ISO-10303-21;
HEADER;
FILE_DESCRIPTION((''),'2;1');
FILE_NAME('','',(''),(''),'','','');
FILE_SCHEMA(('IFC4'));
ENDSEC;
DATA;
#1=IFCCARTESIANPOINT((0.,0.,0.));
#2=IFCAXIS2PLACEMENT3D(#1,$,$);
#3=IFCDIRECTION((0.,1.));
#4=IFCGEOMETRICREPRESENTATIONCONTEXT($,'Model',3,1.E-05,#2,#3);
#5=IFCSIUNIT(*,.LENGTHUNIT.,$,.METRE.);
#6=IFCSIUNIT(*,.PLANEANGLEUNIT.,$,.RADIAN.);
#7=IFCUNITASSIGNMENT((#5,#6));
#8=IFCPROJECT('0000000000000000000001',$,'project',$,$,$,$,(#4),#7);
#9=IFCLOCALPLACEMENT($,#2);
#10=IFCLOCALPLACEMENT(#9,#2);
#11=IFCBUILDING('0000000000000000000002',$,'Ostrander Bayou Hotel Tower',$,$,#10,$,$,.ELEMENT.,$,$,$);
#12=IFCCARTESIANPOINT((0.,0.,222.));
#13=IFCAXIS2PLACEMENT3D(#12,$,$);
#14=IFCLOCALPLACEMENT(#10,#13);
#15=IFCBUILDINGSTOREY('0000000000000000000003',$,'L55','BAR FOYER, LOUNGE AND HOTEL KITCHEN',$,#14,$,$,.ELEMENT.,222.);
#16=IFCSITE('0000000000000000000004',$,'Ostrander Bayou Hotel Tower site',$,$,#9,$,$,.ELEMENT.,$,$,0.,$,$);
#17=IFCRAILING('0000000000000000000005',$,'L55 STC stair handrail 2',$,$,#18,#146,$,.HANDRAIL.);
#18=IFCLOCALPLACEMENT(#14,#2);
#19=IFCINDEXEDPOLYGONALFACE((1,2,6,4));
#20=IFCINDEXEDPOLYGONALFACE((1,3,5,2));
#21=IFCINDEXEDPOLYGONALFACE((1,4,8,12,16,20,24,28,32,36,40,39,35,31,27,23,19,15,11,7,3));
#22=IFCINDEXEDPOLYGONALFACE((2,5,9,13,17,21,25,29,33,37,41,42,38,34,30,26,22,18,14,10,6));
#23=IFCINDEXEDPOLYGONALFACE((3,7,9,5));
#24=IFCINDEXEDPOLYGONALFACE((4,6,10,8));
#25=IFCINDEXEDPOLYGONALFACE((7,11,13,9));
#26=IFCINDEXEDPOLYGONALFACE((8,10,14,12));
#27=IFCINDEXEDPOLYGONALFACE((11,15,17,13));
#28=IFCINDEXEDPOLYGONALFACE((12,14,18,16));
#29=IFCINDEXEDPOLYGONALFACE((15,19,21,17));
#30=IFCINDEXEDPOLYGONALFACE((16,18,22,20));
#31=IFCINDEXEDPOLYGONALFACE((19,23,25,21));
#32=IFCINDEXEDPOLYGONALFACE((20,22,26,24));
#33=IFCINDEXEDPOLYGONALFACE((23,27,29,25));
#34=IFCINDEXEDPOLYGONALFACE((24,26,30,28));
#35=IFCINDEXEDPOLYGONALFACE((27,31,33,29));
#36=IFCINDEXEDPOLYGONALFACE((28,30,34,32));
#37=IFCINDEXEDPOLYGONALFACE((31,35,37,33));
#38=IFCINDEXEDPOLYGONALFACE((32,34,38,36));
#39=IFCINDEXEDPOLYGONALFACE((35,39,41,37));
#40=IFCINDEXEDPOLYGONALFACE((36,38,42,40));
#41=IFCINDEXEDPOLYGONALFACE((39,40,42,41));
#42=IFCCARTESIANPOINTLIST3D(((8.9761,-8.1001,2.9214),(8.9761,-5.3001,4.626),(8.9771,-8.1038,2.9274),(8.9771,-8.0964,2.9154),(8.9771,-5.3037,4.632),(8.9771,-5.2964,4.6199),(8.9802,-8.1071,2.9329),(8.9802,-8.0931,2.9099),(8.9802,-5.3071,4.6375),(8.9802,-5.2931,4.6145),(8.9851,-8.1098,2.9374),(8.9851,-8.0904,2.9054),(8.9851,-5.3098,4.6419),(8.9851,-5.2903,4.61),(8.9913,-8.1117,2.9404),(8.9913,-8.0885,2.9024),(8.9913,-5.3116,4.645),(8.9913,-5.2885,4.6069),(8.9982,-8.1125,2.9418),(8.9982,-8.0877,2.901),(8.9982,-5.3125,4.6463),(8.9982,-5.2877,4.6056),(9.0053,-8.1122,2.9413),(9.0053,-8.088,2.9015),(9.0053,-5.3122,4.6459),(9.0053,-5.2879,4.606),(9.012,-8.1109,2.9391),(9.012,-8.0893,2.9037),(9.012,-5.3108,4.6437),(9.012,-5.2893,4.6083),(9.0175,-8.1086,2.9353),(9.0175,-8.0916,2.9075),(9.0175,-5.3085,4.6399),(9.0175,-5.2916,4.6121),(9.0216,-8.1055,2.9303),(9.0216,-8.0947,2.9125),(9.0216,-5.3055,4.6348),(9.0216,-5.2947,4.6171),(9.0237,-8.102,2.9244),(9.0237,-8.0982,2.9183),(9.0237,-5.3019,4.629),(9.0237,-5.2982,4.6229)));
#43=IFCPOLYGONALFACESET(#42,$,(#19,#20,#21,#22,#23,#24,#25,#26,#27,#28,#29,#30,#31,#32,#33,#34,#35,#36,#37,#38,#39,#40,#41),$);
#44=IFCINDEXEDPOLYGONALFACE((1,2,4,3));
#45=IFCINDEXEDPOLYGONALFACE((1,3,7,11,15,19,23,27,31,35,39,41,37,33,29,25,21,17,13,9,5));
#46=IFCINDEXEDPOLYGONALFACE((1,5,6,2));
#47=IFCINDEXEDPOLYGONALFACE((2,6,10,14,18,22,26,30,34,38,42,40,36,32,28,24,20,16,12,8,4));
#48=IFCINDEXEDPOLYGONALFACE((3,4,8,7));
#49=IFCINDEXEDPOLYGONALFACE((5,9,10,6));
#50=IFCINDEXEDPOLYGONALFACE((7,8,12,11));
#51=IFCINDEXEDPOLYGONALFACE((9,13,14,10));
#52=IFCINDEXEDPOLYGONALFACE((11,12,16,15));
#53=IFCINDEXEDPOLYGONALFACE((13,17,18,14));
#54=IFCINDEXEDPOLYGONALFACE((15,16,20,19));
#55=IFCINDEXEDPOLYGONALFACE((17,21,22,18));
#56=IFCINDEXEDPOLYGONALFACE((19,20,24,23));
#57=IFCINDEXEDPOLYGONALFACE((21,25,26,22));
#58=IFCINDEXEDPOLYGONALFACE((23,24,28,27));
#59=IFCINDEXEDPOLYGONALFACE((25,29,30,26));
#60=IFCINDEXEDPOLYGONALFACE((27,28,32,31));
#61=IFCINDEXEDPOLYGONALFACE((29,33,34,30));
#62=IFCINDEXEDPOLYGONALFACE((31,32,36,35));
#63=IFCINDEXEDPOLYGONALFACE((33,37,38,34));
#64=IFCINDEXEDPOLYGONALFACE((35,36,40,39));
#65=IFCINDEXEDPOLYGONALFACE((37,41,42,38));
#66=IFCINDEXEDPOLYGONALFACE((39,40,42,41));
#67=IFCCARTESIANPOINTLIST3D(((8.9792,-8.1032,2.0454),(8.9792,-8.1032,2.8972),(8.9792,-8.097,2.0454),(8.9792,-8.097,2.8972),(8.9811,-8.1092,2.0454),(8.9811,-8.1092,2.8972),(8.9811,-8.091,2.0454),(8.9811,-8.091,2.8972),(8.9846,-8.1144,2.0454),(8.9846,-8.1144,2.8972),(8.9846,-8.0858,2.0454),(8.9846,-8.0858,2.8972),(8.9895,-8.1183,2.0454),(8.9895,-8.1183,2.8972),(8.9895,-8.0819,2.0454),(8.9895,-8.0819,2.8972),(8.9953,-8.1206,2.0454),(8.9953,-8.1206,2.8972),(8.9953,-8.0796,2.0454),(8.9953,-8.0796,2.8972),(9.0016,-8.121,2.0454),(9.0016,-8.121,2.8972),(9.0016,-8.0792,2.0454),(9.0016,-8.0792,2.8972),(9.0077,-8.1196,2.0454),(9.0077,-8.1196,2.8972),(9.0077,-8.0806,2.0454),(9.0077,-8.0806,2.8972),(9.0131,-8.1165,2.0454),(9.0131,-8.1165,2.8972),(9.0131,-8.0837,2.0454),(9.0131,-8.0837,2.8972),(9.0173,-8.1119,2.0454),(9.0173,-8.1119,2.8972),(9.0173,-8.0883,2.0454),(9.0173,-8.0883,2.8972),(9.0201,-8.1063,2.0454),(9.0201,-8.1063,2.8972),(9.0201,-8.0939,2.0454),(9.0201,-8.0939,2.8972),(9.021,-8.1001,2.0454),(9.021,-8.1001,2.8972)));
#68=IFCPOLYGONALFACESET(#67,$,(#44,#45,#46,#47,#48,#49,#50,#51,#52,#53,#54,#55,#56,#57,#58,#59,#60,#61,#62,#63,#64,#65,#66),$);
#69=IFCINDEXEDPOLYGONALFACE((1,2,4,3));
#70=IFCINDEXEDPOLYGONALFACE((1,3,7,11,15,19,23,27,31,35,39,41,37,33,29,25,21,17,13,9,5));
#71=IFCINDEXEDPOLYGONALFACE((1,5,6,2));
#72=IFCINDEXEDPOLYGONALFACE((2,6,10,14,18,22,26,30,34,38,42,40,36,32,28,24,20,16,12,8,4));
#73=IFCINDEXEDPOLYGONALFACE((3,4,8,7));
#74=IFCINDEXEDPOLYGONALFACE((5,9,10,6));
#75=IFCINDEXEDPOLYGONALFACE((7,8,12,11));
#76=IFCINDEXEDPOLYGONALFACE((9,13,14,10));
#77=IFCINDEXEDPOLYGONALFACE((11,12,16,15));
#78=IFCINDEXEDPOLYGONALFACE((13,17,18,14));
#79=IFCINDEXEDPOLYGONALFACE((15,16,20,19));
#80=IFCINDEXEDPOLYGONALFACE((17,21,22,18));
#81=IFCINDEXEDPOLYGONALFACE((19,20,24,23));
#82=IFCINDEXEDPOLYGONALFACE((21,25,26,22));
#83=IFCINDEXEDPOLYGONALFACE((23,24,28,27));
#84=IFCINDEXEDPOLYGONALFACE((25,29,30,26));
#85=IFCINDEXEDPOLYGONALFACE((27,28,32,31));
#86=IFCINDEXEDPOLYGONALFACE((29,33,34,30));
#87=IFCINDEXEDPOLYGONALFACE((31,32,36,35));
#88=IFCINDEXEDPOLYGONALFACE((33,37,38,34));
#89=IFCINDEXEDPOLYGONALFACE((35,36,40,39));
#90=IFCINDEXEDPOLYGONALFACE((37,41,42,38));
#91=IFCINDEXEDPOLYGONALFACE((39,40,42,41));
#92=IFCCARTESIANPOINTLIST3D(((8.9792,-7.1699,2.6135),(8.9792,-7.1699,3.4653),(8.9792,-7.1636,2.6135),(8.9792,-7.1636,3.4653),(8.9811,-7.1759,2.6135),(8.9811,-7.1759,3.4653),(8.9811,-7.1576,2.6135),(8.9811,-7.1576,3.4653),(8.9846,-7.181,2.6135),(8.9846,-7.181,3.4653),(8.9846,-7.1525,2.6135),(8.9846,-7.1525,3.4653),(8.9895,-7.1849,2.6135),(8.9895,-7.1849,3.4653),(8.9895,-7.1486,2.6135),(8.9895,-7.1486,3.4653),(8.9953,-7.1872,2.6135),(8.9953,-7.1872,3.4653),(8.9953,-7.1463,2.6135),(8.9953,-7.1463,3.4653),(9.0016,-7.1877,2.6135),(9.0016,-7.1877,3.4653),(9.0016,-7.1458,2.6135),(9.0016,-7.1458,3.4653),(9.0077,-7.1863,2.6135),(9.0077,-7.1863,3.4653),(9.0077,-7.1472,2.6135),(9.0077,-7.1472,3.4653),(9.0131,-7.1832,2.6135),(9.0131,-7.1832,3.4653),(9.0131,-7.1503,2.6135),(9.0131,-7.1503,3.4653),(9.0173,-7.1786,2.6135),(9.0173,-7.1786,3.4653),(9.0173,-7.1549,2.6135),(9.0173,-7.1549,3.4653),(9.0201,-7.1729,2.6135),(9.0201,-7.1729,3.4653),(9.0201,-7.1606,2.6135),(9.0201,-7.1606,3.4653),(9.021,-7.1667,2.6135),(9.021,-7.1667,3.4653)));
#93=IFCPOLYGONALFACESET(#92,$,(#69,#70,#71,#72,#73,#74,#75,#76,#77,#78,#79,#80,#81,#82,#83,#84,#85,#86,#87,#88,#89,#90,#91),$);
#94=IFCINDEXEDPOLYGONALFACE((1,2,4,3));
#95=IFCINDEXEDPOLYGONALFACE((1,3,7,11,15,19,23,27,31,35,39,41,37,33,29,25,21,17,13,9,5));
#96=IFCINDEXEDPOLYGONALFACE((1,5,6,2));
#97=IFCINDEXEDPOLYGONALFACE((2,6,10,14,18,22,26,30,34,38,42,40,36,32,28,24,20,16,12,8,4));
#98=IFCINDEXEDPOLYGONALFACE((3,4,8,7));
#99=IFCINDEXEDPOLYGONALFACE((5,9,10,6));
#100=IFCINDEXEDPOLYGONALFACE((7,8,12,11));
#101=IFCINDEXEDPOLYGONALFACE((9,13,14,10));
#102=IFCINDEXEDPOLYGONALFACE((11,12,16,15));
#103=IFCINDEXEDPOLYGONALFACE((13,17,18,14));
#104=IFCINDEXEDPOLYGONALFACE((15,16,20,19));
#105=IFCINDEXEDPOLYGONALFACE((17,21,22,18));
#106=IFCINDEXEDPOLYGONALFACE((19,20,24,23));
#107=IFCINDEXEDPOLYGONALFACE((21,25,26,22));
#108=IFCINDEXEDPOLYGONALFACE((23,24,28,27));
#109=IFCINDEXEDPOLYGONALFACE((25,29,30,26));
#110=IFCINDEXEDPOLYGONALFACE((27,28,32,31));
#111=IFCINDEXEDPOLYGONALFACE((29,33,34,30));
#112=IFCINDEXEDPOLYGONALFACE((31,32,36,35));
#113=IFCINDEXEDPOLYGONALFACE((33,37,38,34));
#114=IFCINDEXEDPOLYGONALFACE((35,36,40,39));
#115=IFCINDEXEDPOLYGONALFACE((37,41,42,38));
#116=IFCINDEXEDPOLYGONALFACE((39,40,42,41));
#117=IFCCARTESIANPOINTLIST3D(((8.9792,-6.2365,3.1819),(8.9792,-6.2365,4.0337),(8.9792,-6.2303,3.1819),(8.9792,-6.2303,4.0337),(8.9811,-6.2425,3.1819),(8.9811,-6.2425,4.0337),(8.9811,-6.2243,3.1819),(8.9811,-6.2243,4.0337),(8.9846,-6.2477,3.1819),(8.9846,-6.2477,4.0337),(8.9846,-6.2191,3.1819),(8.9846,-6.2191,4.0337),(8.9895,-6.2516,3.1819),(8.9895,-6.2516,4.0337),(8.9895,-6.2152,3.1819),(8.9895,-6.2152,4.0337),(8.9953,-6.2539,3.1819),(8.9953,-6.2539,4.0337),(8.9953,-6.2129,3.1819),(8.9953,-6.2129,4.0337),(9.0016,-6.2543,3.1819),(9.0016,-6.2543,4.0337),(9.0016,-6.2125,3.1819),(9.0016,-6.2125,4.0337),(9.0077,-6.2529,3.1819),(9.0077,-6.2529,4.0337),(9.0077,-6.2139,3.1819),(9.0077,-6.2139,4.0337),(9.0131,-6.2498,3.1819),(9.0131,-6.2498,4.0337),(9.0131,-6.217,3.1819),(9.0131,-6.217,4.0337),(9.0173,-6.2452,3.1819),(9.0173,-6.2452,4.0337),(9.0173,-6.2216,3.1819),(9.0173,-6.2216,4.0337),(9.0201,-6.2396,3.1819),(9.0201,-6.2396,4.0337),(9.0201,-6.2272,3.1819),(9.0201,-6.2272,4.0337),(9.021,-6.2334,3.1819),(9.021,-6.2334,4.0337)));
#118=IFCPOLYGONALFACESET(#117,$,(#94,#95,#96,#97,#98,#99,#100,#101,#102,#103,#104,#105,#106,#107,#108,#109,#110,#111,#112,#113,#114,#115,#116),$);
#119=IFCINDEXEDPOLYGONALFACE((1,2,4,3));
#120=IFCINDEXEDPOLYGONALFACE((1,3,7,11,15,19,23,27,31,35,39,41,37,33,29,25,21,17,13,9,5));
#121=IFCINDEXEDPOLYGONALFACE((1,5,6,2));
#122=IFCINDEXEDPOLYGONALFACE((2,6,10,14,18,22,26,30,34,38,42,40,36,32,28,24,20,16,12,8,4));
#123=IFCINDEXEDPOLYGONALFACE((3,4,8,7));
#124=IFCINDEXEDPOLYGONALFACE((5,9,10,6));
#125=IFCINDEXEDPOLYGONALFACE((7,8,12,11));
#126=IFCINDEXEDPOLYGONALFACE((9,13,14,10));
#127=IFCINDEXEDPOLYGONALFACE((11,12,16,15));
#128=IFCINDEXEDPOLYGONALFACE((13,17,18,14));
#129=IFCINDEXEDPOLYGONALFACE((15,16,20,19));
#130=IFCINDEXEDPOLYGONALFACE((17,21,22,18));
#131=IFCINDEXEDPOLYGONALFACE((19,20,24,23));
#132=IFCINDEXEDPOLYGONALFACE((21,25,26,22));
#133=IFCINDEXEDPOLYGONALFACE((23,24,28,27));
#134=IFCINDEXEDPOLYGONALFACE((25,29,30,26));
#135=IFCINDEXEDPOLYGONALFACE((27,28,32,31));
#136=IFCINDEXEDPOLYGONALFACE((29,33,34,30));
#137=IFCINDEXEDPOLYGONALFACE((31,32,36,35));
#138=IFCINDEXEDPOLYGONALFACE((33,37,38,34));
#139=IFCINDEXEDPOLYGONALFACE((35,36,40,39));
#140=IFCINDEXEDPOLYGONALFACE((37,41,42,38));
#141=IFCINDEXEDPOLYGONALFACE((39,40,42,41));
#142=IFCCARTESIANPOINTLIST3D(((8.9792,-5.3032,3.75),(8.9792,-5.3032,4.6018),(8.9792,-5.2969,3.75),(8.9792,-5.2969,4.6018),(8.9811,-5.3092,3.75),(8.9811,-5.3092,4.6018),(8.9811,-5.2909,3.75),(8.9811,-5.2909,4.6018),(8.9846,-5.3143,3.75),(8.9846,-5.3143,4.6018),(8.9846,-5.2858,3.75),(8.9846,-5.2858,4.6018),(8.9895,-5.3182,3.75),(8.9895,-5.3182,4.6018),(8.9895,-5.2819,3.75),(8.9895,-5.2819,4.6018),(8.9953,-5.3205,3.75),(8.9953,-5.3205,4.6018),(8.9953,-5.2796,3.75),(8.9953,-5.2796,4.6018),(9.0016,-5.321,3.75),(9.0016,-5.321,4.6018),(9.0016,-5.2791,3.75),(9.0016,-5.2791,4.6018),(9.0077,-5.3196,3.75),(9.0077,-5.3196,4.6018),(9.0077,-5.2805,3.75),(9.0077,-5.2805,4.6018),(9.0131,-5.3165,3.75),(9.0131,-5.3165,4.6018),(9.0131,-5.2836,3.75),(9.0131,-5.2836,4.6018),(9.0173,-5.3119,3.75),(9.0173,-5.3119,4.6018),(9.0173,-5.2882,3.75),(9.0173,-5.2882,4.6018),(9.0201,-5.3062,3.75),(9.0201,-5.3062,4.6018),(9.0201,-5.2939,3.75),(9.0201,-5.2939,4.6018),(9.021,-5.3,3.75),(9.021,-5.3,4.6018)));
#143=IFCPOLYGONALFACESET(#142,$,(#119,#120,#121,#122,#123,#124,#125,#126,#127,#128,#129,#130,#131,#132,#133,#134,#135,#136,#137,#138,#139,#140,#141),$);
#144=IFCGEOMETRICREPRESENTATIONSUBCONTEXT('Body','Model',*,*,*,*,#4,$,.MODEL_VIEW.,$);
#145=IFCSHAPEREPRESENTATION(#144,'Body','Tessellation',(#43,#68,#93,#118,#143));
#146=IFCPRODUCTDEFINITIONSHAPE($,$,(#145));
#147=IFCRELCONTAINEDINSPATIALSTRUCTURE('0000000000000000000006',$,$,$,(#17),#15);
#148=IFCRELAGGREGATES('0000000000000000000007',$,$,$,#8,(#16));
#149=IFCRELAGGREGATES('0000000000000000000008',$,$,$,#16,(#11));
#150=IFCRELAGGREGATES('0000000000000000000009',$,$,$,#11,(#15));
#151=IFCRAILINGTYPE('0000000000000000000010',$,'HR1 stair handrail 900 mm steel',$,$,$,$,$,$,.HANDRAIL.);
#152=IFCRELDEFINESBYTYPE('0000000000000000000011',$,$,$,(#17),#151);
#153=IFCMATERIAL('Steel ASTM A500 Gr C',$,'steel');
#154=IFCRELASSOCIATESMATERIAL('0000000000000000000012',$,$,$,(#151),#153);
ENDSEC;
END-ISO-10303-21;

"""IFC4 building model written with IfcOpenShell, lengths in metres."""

from ifc_helpers import new_model, si_unit, direction, frame, origin, origin_2d, place, context, subcontext, project, spatial, circle, extrude, material, type_object, element, save


model = new_model("IFC4")

# Units and contexts
model_context = context("Model", 3, precision=1e-05, world=origin(), true_north=direction((0.0, 1.0)))
body_context = subcontext(model_context, "Body", "Model", "MODEL_VIEW")
ifc_project = project(units=[si_unit("LENGTHUNIT", "METRE"), si_unit("PLANEANGLEUNIT", "RADIAN")], contexts=[model_context])

# Site, building, storey
site_placement = place(None, origin())
site = spatial("IfcSite", under=ifc_project, at=site_placement, Name="Ostrander Bayou Hotel Tower site", CompositionType="ELEMENT", RefElevation=0.0)
building_placement = place(site_placement, origin())
building = spatial("IfcBuilding", under=site, at=building_placement, Name="Ostrander Bayou Hotel Tower", CompositionType="ELEMENT")
storey_placement = place(building_placement, frame((0.0, 0.0, 222.0)))
storey = spatial("IfcBuildingStorey", under=building, at=storey_placement, Name="L55", Description="BAR FOYER, LOUNGE AND HOTEL KITCHEN", CompositionType="ELEMENT", Elevation=222.0)

# Railing
ifc_material_1 = material(Name="Steel ASTM A500 Gr C", Category="steel")
railing_type_1 = type_object("IfcRailingType", Name="HR1 stair handrail 900 mm steel", PredefinedType="HANDRAIL", material=ifc_material_1)
railing_1_placement = place(storey_placement, frame((9.0, -8.1001, 2.0454)))
element("IfcRailing", 1, at=railing_1_placement, inside=storey, type_object=railing_type_1, Name="L55 STC stair handrail 2", PredefinedType="HANDRAIL", context=body_context, shape_type="SweptSolid", body=[
    extrude(circle(Radius=0.0239, at=origin_2d()), frame((0.0, 0.0, 0.876), z_axis=(0.0, 0.85417, 0.519994), x_axis=(-1.0, 0.0, 0.0)), (0.0, 0.0, 1.0), 3.2781),
    extrude(circle(Radius=0.021, at=origin_2d()), origin(), (0.0, 0.0, 1.0), 0.8518),
    extrude(circle(Radius=0.021, at=origin_2d()), frame((0.0, 0.9333, 0.5681)), (0.0, 0.0, 1.0), 0.8518),
    extrude(circle(Radius=0.021, at=origin_2d()), frame((0.0, 1.8667, 1.1365)), (0.0, 0.0, 1.0), 0.8518),
    extrude(circle(Radius=0.021, at=origin_2d()), frame((0.0, 2.8, 1.7046)), (0.0, 0.0, 1.0), 0.8518),
])

save(model, "model.ifc")
